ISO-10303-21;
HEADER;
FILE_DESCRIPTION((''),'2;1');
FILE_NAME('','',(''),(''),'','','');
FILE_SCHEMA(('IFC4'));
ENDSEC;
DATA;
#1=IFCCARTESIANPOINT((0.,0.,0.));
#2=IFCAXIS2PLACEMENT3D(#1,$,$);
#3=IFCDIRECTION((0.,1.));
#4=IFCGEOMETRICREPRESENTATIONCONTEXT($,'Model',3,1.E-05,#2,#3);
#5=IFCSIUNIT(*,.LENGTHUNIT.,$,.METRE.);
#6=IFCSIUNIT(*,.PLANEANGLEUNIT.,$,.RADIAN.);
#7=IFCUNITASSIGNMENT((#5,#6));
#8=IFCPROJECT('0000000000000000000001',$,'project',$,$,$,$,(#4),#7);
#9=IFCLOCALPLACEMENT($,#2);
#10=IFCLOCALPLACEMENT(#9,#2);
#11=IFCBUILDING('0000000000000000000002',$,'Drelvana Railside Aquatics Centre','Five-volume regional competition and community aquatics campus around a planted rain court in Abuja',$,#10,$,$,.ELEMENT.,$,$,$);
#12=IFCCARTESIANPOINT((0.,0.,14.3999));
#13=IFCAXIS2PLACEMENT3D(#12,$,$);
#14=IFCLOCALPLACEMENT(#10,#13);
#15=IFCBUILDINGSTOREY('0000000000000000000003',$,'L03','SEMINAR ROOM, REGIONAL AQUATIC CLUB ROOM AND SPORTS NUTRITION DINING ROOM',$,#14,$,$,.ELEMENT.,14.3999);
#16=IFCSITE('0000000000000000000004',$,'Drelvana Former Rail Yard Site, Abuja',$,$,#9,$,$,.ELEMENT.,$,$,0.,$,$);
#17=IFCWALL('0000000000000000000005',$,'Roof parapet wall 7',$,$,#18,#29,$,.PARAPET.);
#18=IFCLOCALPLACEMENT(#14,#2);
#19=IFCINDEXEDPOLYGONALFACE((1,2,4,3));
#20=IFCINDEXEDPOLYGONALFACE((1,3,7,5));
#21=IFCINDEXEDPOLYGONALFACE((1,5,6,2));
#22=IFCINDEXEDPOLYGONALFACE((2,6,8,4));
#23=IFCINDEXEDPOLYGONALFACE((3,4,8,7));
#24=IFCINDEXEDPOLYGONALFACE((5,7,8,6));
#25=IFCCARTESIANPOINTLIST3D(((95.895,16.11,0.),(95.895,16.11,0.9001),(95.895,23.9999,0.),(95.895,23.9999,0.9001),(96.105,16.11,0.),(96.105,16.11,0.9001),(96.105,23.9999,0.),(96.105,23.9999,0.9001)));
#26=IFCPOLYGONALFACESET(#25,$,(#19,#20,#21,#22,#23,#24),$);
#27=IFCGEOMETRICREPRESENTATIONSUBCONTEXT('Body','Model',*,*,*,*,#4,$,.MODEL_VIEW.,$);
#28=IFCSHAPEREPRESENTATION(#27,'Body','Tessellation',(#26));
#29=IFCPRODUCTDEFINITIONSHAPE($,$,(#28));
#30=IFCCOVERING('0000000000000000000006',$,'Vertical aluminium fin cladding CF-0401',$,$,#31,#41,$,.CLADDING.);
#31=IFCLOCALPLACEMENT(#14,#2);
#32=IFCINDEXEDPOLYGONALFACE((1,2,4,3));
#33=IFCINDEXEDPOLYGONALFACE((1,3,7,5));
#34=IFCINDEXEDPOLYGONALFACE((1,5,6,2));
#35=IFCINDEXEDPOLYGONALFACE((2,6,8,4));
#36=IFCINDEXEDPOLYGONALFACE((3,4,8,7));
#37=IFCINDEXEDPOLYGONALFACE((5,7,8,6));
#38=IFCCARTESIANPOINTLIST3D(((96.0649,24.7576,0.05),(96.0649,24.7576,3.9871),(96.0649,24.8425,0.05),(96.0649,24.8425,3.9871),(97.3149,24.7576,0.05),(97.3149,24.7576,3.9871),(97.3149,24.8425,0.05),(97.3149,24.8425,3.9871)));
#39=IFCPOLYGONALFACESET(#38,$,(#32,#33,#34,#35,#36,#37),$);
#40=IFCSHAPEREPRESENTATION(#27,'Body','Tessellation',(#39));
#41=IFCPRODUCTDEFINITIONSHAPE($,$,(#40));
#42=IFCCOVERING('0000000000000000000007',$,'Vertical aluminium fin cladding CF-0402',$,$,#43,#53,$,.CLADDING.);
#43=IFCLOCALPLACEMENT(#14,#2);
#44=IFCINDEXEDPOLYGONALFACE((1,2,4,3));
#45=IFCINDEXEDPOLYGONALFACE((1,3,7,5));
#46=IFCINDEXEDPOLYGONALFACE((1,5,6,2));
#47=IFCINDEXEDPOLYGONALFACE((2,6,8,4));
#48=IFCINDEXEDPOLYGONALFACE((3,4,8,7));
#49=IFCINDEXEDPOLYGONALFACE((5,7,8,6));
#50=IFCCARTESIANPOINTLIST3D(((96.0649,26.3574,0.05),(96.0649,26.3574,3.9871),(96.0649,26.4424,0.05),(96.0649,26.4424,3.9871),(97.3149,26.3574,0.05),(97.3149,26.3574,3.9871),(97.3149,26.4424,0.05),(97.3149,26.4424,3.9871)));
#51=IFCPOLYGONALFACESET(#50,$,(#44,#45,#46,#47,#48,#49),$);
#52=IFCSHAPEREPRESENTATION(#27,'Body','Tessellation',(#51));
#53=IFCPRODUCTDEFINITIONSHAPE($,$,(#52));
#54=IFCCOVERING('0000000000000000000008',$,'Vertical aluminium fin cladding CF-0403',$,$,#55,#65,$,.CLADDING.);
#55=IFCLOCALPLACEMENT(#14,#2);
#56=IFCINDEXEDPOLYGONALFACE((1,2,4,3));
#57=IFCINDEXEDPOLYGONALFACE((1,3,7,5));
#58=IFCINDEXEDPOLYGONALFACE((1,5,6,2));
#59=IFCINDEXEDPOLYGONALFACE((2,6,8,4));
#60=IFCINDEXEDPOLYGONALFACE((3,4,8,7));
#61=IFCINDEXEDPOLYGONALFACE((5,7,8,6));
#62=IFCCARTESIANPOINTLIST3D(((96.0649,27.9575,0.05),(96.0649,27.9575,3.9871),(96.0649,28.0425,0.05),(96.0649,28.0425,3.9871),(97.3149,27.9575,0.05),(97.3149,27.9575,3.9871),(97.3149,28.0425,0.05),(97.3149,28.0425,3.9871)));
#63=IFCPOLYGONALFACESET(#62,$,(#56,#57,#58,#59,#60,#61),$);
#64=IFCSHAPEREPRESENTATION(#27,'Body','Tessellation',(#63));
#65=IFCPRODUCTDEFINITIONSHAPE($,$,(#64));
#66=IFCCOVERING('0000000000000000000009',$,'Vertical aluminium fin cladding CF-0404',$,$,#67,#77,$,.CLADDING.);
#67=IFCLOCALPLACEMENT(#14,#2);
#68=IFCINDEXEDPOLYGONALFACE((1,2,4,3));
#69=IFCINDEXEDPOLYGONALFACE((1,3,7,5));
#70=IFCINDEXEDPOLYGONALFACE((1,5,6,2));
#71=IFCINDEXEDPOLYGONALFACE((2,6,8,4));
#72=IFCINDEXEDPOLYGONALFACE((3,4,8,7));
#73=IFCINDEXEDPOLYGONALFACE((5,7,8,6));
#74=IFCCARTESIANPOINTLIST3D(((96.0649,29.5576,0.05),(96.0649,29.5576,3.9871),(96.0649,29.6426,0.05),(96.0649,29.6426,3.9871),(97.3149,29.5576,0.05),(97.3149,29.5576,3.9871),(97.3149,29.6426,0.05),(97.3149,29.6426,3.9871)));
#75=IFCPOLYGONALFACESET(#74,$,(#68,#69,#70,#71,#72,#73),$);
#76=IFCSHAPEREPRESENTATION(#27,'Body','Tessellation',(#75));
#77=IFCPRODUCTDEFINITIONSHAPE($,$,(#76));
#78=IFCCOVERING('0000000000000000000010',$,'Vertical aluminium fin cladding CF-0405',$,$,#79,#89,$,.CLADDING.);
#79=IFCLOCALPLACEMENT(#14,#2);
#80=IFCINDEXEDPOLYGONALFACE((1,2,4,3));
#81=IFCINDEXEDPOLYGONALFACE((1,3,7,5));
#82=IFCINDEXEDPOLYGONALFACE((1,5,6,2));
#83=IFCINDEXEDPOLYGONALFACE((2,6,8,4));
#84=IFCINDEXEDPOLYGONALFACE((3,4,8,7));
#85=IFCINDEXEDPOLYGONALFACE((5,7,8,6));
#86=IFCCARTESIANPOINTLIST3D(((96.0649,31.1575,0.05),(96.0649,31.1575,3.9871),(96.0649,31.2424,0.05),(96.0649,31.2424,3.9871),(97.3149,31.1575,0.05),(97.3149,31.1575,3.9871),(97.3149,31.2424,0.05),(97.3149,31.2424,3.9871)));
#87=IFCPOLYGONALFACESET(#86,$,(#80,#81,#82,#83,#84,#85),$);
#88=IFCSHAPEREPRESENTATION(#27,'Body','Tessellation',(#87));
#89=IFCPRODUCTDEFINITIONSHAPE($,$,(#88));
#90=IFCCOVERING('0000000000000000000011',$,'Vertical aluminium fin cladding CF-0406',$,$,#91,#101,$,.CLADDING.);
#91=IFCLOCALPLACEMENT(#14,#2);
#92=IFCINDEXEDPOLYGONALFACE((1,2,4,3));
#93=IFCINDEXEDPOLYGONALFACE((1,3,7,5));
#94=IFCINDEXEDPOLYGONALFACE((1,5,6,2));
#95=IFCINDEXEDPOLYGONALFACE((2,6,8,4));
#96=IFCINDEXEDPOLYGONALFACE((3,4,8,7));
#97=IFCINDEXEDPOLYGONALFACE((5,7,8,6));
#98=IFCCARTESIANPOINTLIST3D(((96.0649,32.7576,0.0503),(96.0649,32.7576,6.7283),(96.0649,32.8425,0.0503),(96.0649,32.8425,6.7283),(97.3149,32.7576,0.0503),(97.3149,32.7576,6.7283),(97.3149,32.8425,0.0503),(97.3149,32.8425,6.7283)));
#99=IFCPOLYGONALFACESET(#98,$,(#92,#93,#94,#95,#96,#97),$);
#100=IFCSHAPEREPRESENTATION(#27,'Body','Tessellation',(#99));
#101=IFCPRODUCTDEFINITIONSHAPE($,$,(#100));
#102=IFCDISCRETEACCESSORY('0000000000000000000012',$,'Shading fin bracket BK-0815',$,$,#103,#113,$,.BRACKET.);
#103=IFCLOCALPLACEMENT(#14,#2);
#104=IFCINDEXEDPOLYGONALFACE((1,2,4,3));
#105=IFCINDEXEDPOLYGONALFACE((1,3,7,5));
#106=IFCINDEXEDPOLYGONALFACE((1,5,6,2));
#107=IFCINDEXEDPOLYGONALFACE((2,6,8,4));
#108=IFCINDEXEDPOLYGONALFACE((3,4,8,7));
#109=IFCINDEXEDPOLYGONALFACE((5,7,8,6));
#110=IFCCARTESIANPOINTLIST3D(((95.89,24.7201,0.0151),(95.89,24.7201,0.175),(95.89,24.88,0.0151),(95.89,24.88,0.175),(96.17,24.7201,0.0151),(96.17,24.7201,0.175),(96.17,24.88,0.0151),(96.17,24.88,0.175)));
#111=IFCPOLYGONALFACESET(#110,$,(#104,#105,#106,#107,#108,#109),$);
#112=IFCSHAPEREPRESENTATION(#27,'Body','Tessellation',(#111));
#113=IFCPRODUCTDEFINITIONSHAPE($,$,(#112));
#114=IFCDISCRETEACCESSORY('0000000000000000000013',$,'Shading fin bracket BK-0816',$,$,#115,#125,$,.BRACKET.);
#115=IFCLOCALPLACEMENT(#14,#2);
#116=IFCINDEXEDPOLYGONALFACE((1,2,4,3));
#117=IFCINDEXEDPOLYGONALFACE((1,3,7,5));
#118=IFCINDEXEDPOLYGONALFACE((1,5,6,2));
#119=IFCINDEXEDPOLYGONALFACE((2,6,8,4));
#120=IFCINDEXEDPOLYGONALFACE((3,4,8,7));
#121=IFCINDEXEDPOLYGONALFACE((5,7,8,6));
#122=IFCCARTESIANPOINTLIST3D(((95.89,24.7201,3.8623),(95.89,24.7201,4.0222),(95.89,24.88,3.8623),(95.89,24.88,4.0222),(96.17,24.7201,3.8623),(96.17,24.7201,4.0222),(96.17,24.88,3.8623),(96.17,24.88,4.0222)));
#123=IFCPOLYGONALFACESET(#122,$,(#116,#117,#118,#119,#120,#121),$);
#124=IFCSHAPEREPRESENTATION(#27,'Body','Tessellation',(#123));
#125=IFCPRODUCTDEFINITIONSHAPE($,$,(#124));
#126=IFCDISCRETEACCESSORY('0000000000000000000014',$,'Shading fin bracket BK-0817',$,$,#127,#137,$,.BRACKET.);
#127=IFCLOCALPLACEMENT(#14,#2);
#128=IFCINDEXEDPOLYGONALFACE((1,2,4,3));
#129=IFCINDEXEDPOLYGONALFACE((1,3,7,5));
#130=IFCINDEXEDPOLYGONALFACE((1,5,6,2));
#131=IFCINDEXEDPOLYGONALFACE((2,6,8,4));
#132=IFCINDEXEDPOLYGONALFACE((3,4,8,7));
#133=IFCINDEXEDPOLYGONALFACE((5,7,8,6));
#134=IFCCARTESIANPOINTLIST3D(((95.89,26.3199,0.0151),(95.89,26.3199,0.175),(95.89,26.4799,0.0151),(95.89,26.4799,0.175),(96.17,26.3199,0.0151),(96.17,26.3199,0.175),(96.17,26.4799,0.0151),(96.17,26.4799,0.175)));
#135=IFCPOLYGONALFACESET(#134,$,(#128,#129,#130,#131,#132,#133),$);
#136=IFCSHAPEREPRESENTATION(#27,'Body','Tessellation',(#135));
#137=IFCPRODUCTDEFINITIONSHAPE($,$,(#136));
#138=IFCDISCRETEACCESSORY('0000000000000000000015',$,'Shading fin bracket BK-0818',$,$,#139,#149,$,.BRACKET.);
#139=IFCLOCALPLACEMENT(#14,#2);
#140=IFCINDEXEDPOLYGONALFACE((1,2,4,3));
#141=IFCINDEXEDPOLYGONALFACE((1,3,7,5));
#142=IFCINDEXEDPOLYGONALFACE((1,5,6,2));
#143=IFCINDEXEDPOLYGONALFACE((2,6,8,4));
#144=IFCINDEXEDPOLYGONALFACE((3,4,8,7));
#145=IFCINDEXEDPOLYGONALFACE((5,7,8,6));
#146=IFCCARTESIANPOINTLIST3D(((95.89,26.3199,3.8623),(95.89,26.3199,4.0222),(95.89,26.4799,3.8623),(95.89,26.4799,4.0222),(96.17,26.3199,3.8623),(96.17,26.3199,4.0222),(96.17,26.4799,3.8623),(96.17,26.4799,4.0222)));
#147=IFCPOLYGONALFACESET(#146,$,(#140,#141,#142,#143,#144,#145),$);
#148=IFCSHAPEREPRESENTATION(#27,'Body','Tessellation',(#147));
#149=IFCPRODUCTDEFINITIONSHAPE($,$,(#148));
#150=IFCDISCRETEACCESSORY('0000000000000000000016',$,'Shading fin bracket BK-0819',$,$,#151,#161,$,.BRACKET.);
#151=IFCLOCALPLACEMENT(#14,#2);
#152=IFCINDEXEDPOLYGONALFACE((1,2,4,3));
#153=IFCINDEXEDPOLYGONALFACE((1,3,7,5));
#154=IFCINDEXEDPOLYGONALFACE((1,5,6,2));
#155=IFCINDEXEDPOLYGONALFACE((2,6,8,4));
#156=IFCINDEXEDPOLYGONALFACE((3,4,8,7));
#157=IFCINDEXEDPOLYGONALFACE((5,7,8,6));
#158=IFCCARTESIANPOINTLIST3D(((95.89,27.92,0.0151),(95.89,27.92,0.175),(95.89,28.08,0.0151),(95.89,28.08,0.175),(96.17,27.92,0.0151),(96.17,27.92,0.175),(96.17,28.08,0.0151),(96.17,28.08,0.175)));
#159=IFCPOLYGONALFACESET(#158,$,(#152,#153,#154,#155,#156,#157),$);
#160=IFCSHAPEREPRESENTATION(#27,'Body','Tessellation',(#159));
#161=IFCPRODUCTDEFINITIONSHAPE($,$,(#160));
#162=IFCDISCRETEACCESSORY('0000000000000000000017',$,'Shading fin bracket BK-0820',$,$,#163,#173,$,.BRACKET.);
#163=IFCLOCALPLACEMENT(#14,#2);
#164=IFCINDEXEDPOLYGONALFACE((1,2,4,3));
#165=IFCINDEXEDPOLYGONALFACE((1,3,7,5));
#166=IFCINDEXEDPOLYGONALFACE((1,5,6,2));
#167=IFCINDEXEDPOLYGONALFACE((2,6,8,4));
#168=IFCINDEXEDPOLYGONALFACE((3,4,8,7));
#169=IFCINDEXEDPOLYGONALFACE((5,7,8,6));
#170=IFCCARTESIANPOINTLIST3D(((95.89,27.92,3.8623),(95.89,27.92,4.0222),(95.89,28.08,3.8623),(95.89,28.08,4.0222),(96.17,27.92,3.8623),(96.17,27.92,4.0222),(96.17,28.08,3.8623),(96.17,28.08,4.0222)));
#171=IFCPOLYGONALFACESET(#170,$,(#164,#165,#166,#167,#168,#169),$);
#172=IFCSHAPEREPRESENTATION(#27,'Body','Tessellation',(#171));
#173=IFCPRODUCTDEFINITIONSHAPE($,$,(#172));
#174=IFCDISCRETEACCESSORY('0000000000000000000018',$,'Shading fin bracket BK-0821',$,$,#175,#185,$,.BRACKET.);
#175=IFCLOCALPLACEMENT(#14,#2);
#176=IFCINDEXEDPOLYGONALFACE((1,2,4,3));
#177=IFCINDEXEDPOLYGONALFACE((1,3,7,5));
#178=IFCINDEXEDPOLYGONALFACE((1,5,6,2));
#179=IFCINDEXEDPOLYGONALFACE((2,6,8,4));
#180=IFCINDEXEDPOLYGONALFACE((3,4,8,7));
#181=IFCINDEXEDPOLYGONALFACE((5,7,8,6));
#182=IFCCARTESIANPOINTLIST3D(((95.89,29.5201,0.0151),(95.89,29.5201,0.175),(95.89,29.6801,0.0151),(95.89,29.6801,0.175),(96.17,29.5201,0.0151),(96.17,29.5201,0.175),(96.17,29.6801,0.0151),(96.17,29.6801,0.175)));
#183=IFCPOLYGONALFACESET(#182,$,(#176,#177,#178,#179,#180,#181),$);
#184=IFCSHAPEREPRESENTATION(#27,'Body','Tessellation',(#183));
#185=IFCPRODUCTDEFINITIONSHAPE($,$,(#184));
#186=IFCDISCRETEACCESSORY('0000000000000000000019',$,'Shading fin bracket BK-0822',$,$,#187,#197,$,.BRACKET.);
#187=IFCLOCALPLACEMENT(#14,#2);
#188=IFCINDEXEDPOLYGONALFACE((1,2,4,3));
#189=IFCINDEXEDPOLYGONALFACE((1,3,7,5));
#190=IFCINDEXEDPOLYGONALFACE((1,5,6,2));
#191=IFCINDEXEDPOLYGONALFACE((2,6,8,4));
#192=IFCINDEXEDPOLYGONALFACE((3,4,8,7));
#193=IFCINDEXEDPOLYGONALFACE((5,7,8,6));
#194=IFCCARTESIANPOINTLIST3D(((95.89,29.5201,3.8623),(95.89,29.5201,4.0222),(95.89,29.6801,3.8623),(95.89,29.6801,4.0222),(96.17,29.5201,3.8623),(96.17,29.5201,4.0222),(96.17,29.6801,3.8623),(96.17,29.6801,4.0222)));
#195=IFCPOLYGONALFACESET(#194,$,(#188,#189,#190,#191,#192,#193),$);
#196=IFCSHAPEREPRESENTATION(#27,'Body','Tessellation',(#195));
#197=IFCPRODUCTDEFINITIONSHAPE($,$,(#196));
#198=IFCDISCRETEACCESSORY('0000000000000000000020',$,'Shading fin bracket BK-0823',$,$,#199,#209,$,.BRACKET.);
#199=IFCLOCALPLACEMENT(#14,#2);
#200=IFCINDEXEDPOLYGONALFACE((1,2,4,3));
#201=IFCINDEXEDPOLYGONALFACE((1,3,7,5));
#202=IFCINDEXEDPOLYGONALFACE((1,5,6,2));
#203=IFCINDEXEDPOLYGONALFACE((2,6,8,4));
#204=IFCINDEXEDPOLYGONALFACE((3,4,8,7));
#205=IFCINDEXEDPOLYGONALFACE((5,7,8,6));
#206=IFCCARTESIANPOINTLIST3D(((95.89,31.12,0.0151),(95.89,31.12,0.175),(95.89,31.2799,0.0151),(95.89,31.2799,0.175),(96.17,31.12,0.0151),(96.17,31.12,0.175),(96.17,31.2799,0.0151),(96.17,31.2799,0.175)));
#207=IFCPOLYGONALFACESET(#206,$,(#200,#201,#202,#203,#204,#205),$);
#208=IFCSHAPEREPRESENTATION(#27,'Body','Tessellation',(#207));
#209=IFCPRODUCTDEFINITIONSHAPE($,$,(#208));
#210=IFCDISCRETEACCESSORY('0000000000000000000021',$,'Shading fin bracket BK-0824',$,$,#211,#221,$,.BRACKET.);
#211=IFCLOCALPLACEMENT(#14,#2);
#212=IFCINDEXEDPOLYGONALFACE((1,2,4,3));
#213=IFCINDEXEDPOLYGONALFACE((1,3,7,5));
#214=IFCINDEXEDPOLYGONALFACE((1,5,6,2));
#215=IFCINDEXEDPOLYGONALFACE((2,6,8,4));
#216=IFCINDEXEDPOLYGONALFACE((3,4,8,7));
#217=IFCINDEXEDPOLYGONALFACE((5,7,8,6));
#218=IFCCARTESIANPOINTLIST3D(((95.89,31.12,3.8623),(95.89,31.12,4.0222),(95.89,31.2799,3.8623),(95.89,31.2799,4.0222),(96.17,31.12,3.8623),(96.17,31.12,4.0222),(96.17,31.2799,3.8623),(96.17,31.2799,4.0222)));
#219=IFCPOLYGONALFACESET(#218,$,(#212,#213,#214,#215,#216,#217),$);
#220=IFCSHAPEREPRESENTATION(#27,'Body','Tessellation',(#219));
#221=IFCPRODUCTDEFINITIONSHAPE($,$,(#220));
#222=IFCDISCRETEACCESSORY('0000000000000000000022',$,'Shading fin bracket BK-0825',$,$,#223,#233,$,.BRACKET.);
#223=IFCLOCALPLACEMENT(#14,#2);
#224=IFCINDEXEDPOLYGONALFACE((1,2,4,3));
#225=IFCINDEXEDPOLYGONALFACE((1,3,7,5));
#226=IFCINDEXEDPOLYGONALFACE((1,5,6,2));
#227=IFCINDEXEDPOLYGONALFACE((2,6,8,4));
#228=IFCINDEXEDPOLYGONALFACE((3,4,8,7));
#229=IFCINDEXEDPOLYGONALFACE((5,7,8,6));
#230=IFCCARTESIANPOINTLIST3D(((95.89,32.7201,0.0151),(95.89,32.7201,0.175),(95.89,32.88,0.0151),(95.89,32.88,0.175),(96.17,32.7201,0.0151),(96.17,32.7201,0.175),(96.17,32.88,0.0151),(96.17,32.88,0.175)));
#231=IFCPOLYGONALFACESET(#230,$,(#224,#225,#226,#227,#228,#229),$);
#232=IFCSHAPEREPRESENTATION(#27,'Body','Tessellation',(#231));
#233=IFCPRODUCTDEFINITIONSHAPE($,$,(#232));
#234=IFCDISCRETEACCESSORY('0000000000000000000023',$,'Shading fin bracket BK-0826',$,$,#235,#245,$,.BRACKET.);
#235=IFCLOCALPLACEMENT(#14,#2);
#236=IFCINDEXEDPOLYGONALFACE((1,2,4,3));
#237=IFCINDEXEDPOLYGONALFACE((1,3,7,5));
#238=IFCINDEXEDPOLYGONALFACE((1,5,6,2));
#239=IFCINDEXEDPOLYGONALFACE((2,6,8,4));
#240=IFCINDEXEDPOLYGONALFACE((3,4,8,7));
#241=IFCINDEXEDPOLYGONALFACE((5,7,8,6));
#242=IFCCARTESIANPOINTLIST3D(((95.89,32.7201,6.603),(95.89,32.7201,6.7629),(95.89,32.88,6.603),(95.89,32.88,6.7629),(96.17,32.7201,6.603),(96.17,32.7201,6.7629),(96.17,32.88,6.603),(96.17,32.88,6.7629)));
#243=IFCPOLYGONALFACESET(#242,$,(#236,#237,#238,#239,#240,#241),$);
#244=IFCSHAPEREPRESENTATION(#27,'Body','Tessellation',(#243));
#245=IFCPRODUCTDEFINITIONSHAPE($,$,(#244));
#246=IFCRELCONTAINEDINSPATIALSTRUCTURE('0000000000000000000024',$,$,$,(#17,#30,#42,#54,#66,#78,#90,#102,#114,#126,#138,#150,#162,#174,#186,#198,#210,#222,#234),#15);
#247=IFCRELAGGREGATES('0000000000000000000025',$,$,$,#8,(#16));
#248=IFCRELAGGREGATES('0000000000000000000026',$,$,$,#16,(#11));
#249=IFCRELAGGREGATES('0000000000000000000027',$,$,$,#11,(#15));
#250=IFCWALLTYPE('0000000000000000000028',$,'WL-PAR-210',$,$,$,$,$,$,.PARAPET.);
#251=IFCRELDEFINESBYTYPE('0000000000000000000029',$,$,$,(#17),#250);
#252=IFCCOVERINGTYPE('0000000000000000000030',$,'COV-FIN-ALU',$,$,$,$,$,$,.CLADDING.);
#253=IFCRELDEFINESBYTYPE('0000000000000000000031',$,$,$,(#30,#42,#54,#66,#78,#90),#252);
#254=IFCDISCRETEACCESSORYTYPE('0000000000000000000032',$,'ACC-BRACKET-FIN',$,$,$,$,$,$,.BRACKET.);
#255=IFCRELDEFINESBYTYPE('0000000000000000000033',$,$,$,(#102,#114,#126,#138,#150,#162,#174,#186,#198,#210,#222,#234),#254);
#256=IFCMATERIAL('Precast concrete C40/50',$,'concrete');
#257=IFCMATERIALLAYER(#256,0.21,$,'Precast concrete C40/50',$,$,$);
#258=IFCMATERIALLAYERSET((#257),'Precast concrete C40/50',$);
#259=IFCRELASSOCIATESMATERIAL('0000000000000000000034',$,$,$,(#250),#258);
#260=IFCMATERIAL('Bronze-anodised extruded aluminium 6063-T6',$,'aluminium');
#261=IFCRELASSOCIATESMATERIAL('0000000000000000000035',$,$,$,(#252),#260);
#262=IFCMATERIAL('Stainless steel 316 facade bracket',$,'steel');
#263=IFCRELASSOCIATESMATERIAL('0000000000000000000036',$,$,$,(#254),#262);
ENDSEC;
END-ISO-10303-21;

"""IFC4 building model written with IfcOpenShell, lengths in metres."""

from ifc_helpers import new_model, si_unit, direction, frame, frame_2d, origin, origin_2d, place, context, subcontext, project, spatial, rectangle, extrude, material, layer, layer_set, type_object, element, save


model = new_model("IFC4")

# Units and contexts
model_context = context("Model", 3, precision=1e-05, world=origin(), true_north=direction((0.0, 1.0)))
body_context = subcontext(model_context, "Body", "Model", "MODEL_VIEW")
ifc_project = project(units=[si_unit("LENGTHUNIT", "METRE"), si_unit("PLANEANGLEUNIT", "RADIAN")], contexts=[model_context])

# Site, building, storey
site_placement = place(None, origin())
site = spatial("IfcSite", under=ifc_project, at=site_placement, Name="Drelvana Former Rail Yard Site, Abuja", CompositionType="ELEMENT", RefElevation=0.0)
building_placement = place(site_placement, origin())
building = spatial("IfcBuilding", under=site, at=building_placement, Name="Drelvana Railside Aquatics Centre", Description="Five-volume regional competition and community aquatics campus around a planted rain court in Abuja", CompositionType="ELEMENT")
storey_placement = place(building_placement, frame((0.0, 0.0, 14.3999)))
storey = spatial("IfcBuildingStorey", under=building, at=storey_placement, Name="L03", Description="SEMINAR ROOM, REGIONAL AQUATIC CLUB ROOM AND SPORTS NUTRITION DINING ROOM", CompositionType="ELEMENT", Elevation=14.3999)

# Wall
ifc_material_1 = material(Name="Precast concrete C40/50", Category="concrete")
ifc_layer = layer(ifc_material_1, 0.21, Name="Precast concrete C40/50")
ifc_layer_set = layer_set([ifc_layer], Name="Precast concrete C40/50")
wall_type = type_object("IfcWallType", Name="WL-PAR-210", PredefinedType="PARAPET", material=ifc_layer_set)
wall_placement = place(storey_placement, frame((96.0, 16.1101, 0.0), z_axis=(0.0, 0.0, 1.0), x_axis=(0.0, 1.0, 0.0)))
element("IfcWall", 1, at=wall_placement, inside=storey, type_object=wall_type, Name="Roof parapet wall 7", PredefinedType="PARAPET", context=body_context, shape_type="SweptSolid", body=[
    extrude(rectangle(XDim=7.8899, YDim=0.21, at=frame_2d((3.9448, 0.0))), origin(), (0.0, 0.0, 1.0), 0.9001),
])

# Coverings
ifc_material_2 = material(Name="Bronze-anodised extruded aluminium 6063-T6", Category="aluminium")
covering_type = type_object("IfcCoveringType", Name="COV-FIN-ALU", PredefinedType="CLADDING", material=ifc_material_2)
for number, where, z_axis, x_axis, name in (
    (2, (96.6899, 24.8, 0.05), (0.0, 0.0, 1.0), (0.0, -1.0, 0.0), "Vertical aluminium fin cladding CF-0401"),
    (3, (96.6899, 26.3999, 0.05), (0.0, 0.0, 1.0), (0.0, -1.0, 0.0), "Vertical aluminium fin cladding CF-0402"),
    (4, (96.6899, 28.0, 0.05), (0.0, 0.0, 1.0), (0.0, -1.0, 0.0), "Vertical aluminium fin cladding CF-0403"),
    (5, (96.6899, 29.6001, 0.05), (0.0, 0.0, 1.0), (0.0, -1.0, 0.0), "Vertical aluminium fin cladding CF-0404"),
    (6, (96.6899, 31.2, 0.05), (0.0, 0.0, 1.0), (0.0, -1.0, 0.0), "Vertical aluminium fin cladding CF-0405"),
):
    element("IfcCovering", number, at=place(storey_placement, frame(where, z_axis=z_axis, x_axis=x_axis)), inside=storey, type_object=covering_type, Name=name, PredefinedType="CLADDING", context=body_context, shape_type="SweptSolid", body=[
        extrude(rectangle(XDim=0.085, YDim=1.25, at=origin_2d()), origin(), (0.0, 0.0, 1.0), 3.937),
    ])
covering_placement = place(storey_placement, frame((96.6899, 32.8, 0.0503), z_axis=(0.0, 0.0, 1.0), x_axis=(0.0, -1.0, 0.0)))
element("IfcCovering", 7, at=covering_placement, inside=storey, type_object=covering_type, Name="Vertical aluminium fin cladding CF-0406", PredefinedType="CLADDING", context=body_context, shape_type="SweptSolid", body=[
    extrude(rectangle(XDim=0.085, YDim=1.25, at=origin_2d()), origin(), (0.0, 0.0, 1.0), 6.678),
])

# Discrete accessories
ifc_material_3 = material(Name="Stainless steel 316 facade bracket", Category="steel")
discrete_accessory_type = type_object("IfcDiscreteAccessoryType", Name="ACC-BRACKET-FIN", PredefinedType="BRACKET", material=ifc_material_3)
for number, where, z_axis, x_axis, name in (
    (8, (96.03, 24.8, 0.0151), (0.0, 0.0, 1.0), (1.0, 0.0, 0.0), "Shading fin bracket BK-0815"),
    (9, (96.03, 24.8, 3.8623), (0.0, 0.0, 1.0), (1.0, 0.0, 0.0), "Shading fin bracket BK-0816"),
    (10, (96.03, 26.3999, 0.0151), (0.0, 0.0, 1.0), (1.0, 0.0, 0.0), "Shading fin bracket BK-0817"),
    (11, (96.03, 26.3999, 3.8623), (0.0, 0.0, 1.0), (1.0, 0.0, 0.0), "Shading fin bracket BK-0818"),
    (12, (96.03, 28.0, 0.0151), (0.0, 0.0, 1.0), (1.0, 0.0, 0.0), "Shading fin bracket BK-0819"),
    (13, (96.03, 28.0, 3.8623), (0.0, 0.0, 1.0), (1.0, 0.0, 0.0), "Shading fin bracket BK-0820"),
    (14, (96.03, 29.6001, 0.0151), (0.0, 0.0, 1.0), (1.0, 0.0, 0.0), "Shading fin bracket BK-0821"),
    (15, (96.03, 29.6001, 3.8623), (0.0, 0.0, 1.0), (1.0, 0.0, 0.0), "Shading fin bracket BK-0822"),
    (16, (96.03, 31.2, 0.0151), (0.0, 0.0, 1.0), (1.0, 0.0, 0.0), "Shading fin bracket BK-0823"),
    (17, (96.03, 31.2, 3.8623), (0.0, 0.0, 1.0), (1.0, 0.0, 0.0), "Shading fin bracket BK-0824"),
    (18, (96.03, 32.8, 0.0151), (0.0, 0.0, 1.0), (1.0, 0.0, 0.0), "Shading fin bracket BK-0825"),
    (19, (96.03, 32.8, 6.603), (0.0, 0.0, 1.0), (1.0, 0.0, 0.0), "Shading fin bracket BK-0826"),
):
    element("IfcDiscreteAccessory", number, at=place(storey_placement, frame(where, z_axis=z_axis, x_axis=x_axis)), inside=storey, type_object=discrete_accessory_type, Name=name, PredefinedType="BRACKET", context=body_context, shape_type="SweptSolid", body=[
        extrude(rectangle(XDim=0.28, YDim=0.1599, at=origin_2d()), origin(), (0.0, 0.0, 1.0), 0.1599),
    ])

save(model, "model.ifc")
